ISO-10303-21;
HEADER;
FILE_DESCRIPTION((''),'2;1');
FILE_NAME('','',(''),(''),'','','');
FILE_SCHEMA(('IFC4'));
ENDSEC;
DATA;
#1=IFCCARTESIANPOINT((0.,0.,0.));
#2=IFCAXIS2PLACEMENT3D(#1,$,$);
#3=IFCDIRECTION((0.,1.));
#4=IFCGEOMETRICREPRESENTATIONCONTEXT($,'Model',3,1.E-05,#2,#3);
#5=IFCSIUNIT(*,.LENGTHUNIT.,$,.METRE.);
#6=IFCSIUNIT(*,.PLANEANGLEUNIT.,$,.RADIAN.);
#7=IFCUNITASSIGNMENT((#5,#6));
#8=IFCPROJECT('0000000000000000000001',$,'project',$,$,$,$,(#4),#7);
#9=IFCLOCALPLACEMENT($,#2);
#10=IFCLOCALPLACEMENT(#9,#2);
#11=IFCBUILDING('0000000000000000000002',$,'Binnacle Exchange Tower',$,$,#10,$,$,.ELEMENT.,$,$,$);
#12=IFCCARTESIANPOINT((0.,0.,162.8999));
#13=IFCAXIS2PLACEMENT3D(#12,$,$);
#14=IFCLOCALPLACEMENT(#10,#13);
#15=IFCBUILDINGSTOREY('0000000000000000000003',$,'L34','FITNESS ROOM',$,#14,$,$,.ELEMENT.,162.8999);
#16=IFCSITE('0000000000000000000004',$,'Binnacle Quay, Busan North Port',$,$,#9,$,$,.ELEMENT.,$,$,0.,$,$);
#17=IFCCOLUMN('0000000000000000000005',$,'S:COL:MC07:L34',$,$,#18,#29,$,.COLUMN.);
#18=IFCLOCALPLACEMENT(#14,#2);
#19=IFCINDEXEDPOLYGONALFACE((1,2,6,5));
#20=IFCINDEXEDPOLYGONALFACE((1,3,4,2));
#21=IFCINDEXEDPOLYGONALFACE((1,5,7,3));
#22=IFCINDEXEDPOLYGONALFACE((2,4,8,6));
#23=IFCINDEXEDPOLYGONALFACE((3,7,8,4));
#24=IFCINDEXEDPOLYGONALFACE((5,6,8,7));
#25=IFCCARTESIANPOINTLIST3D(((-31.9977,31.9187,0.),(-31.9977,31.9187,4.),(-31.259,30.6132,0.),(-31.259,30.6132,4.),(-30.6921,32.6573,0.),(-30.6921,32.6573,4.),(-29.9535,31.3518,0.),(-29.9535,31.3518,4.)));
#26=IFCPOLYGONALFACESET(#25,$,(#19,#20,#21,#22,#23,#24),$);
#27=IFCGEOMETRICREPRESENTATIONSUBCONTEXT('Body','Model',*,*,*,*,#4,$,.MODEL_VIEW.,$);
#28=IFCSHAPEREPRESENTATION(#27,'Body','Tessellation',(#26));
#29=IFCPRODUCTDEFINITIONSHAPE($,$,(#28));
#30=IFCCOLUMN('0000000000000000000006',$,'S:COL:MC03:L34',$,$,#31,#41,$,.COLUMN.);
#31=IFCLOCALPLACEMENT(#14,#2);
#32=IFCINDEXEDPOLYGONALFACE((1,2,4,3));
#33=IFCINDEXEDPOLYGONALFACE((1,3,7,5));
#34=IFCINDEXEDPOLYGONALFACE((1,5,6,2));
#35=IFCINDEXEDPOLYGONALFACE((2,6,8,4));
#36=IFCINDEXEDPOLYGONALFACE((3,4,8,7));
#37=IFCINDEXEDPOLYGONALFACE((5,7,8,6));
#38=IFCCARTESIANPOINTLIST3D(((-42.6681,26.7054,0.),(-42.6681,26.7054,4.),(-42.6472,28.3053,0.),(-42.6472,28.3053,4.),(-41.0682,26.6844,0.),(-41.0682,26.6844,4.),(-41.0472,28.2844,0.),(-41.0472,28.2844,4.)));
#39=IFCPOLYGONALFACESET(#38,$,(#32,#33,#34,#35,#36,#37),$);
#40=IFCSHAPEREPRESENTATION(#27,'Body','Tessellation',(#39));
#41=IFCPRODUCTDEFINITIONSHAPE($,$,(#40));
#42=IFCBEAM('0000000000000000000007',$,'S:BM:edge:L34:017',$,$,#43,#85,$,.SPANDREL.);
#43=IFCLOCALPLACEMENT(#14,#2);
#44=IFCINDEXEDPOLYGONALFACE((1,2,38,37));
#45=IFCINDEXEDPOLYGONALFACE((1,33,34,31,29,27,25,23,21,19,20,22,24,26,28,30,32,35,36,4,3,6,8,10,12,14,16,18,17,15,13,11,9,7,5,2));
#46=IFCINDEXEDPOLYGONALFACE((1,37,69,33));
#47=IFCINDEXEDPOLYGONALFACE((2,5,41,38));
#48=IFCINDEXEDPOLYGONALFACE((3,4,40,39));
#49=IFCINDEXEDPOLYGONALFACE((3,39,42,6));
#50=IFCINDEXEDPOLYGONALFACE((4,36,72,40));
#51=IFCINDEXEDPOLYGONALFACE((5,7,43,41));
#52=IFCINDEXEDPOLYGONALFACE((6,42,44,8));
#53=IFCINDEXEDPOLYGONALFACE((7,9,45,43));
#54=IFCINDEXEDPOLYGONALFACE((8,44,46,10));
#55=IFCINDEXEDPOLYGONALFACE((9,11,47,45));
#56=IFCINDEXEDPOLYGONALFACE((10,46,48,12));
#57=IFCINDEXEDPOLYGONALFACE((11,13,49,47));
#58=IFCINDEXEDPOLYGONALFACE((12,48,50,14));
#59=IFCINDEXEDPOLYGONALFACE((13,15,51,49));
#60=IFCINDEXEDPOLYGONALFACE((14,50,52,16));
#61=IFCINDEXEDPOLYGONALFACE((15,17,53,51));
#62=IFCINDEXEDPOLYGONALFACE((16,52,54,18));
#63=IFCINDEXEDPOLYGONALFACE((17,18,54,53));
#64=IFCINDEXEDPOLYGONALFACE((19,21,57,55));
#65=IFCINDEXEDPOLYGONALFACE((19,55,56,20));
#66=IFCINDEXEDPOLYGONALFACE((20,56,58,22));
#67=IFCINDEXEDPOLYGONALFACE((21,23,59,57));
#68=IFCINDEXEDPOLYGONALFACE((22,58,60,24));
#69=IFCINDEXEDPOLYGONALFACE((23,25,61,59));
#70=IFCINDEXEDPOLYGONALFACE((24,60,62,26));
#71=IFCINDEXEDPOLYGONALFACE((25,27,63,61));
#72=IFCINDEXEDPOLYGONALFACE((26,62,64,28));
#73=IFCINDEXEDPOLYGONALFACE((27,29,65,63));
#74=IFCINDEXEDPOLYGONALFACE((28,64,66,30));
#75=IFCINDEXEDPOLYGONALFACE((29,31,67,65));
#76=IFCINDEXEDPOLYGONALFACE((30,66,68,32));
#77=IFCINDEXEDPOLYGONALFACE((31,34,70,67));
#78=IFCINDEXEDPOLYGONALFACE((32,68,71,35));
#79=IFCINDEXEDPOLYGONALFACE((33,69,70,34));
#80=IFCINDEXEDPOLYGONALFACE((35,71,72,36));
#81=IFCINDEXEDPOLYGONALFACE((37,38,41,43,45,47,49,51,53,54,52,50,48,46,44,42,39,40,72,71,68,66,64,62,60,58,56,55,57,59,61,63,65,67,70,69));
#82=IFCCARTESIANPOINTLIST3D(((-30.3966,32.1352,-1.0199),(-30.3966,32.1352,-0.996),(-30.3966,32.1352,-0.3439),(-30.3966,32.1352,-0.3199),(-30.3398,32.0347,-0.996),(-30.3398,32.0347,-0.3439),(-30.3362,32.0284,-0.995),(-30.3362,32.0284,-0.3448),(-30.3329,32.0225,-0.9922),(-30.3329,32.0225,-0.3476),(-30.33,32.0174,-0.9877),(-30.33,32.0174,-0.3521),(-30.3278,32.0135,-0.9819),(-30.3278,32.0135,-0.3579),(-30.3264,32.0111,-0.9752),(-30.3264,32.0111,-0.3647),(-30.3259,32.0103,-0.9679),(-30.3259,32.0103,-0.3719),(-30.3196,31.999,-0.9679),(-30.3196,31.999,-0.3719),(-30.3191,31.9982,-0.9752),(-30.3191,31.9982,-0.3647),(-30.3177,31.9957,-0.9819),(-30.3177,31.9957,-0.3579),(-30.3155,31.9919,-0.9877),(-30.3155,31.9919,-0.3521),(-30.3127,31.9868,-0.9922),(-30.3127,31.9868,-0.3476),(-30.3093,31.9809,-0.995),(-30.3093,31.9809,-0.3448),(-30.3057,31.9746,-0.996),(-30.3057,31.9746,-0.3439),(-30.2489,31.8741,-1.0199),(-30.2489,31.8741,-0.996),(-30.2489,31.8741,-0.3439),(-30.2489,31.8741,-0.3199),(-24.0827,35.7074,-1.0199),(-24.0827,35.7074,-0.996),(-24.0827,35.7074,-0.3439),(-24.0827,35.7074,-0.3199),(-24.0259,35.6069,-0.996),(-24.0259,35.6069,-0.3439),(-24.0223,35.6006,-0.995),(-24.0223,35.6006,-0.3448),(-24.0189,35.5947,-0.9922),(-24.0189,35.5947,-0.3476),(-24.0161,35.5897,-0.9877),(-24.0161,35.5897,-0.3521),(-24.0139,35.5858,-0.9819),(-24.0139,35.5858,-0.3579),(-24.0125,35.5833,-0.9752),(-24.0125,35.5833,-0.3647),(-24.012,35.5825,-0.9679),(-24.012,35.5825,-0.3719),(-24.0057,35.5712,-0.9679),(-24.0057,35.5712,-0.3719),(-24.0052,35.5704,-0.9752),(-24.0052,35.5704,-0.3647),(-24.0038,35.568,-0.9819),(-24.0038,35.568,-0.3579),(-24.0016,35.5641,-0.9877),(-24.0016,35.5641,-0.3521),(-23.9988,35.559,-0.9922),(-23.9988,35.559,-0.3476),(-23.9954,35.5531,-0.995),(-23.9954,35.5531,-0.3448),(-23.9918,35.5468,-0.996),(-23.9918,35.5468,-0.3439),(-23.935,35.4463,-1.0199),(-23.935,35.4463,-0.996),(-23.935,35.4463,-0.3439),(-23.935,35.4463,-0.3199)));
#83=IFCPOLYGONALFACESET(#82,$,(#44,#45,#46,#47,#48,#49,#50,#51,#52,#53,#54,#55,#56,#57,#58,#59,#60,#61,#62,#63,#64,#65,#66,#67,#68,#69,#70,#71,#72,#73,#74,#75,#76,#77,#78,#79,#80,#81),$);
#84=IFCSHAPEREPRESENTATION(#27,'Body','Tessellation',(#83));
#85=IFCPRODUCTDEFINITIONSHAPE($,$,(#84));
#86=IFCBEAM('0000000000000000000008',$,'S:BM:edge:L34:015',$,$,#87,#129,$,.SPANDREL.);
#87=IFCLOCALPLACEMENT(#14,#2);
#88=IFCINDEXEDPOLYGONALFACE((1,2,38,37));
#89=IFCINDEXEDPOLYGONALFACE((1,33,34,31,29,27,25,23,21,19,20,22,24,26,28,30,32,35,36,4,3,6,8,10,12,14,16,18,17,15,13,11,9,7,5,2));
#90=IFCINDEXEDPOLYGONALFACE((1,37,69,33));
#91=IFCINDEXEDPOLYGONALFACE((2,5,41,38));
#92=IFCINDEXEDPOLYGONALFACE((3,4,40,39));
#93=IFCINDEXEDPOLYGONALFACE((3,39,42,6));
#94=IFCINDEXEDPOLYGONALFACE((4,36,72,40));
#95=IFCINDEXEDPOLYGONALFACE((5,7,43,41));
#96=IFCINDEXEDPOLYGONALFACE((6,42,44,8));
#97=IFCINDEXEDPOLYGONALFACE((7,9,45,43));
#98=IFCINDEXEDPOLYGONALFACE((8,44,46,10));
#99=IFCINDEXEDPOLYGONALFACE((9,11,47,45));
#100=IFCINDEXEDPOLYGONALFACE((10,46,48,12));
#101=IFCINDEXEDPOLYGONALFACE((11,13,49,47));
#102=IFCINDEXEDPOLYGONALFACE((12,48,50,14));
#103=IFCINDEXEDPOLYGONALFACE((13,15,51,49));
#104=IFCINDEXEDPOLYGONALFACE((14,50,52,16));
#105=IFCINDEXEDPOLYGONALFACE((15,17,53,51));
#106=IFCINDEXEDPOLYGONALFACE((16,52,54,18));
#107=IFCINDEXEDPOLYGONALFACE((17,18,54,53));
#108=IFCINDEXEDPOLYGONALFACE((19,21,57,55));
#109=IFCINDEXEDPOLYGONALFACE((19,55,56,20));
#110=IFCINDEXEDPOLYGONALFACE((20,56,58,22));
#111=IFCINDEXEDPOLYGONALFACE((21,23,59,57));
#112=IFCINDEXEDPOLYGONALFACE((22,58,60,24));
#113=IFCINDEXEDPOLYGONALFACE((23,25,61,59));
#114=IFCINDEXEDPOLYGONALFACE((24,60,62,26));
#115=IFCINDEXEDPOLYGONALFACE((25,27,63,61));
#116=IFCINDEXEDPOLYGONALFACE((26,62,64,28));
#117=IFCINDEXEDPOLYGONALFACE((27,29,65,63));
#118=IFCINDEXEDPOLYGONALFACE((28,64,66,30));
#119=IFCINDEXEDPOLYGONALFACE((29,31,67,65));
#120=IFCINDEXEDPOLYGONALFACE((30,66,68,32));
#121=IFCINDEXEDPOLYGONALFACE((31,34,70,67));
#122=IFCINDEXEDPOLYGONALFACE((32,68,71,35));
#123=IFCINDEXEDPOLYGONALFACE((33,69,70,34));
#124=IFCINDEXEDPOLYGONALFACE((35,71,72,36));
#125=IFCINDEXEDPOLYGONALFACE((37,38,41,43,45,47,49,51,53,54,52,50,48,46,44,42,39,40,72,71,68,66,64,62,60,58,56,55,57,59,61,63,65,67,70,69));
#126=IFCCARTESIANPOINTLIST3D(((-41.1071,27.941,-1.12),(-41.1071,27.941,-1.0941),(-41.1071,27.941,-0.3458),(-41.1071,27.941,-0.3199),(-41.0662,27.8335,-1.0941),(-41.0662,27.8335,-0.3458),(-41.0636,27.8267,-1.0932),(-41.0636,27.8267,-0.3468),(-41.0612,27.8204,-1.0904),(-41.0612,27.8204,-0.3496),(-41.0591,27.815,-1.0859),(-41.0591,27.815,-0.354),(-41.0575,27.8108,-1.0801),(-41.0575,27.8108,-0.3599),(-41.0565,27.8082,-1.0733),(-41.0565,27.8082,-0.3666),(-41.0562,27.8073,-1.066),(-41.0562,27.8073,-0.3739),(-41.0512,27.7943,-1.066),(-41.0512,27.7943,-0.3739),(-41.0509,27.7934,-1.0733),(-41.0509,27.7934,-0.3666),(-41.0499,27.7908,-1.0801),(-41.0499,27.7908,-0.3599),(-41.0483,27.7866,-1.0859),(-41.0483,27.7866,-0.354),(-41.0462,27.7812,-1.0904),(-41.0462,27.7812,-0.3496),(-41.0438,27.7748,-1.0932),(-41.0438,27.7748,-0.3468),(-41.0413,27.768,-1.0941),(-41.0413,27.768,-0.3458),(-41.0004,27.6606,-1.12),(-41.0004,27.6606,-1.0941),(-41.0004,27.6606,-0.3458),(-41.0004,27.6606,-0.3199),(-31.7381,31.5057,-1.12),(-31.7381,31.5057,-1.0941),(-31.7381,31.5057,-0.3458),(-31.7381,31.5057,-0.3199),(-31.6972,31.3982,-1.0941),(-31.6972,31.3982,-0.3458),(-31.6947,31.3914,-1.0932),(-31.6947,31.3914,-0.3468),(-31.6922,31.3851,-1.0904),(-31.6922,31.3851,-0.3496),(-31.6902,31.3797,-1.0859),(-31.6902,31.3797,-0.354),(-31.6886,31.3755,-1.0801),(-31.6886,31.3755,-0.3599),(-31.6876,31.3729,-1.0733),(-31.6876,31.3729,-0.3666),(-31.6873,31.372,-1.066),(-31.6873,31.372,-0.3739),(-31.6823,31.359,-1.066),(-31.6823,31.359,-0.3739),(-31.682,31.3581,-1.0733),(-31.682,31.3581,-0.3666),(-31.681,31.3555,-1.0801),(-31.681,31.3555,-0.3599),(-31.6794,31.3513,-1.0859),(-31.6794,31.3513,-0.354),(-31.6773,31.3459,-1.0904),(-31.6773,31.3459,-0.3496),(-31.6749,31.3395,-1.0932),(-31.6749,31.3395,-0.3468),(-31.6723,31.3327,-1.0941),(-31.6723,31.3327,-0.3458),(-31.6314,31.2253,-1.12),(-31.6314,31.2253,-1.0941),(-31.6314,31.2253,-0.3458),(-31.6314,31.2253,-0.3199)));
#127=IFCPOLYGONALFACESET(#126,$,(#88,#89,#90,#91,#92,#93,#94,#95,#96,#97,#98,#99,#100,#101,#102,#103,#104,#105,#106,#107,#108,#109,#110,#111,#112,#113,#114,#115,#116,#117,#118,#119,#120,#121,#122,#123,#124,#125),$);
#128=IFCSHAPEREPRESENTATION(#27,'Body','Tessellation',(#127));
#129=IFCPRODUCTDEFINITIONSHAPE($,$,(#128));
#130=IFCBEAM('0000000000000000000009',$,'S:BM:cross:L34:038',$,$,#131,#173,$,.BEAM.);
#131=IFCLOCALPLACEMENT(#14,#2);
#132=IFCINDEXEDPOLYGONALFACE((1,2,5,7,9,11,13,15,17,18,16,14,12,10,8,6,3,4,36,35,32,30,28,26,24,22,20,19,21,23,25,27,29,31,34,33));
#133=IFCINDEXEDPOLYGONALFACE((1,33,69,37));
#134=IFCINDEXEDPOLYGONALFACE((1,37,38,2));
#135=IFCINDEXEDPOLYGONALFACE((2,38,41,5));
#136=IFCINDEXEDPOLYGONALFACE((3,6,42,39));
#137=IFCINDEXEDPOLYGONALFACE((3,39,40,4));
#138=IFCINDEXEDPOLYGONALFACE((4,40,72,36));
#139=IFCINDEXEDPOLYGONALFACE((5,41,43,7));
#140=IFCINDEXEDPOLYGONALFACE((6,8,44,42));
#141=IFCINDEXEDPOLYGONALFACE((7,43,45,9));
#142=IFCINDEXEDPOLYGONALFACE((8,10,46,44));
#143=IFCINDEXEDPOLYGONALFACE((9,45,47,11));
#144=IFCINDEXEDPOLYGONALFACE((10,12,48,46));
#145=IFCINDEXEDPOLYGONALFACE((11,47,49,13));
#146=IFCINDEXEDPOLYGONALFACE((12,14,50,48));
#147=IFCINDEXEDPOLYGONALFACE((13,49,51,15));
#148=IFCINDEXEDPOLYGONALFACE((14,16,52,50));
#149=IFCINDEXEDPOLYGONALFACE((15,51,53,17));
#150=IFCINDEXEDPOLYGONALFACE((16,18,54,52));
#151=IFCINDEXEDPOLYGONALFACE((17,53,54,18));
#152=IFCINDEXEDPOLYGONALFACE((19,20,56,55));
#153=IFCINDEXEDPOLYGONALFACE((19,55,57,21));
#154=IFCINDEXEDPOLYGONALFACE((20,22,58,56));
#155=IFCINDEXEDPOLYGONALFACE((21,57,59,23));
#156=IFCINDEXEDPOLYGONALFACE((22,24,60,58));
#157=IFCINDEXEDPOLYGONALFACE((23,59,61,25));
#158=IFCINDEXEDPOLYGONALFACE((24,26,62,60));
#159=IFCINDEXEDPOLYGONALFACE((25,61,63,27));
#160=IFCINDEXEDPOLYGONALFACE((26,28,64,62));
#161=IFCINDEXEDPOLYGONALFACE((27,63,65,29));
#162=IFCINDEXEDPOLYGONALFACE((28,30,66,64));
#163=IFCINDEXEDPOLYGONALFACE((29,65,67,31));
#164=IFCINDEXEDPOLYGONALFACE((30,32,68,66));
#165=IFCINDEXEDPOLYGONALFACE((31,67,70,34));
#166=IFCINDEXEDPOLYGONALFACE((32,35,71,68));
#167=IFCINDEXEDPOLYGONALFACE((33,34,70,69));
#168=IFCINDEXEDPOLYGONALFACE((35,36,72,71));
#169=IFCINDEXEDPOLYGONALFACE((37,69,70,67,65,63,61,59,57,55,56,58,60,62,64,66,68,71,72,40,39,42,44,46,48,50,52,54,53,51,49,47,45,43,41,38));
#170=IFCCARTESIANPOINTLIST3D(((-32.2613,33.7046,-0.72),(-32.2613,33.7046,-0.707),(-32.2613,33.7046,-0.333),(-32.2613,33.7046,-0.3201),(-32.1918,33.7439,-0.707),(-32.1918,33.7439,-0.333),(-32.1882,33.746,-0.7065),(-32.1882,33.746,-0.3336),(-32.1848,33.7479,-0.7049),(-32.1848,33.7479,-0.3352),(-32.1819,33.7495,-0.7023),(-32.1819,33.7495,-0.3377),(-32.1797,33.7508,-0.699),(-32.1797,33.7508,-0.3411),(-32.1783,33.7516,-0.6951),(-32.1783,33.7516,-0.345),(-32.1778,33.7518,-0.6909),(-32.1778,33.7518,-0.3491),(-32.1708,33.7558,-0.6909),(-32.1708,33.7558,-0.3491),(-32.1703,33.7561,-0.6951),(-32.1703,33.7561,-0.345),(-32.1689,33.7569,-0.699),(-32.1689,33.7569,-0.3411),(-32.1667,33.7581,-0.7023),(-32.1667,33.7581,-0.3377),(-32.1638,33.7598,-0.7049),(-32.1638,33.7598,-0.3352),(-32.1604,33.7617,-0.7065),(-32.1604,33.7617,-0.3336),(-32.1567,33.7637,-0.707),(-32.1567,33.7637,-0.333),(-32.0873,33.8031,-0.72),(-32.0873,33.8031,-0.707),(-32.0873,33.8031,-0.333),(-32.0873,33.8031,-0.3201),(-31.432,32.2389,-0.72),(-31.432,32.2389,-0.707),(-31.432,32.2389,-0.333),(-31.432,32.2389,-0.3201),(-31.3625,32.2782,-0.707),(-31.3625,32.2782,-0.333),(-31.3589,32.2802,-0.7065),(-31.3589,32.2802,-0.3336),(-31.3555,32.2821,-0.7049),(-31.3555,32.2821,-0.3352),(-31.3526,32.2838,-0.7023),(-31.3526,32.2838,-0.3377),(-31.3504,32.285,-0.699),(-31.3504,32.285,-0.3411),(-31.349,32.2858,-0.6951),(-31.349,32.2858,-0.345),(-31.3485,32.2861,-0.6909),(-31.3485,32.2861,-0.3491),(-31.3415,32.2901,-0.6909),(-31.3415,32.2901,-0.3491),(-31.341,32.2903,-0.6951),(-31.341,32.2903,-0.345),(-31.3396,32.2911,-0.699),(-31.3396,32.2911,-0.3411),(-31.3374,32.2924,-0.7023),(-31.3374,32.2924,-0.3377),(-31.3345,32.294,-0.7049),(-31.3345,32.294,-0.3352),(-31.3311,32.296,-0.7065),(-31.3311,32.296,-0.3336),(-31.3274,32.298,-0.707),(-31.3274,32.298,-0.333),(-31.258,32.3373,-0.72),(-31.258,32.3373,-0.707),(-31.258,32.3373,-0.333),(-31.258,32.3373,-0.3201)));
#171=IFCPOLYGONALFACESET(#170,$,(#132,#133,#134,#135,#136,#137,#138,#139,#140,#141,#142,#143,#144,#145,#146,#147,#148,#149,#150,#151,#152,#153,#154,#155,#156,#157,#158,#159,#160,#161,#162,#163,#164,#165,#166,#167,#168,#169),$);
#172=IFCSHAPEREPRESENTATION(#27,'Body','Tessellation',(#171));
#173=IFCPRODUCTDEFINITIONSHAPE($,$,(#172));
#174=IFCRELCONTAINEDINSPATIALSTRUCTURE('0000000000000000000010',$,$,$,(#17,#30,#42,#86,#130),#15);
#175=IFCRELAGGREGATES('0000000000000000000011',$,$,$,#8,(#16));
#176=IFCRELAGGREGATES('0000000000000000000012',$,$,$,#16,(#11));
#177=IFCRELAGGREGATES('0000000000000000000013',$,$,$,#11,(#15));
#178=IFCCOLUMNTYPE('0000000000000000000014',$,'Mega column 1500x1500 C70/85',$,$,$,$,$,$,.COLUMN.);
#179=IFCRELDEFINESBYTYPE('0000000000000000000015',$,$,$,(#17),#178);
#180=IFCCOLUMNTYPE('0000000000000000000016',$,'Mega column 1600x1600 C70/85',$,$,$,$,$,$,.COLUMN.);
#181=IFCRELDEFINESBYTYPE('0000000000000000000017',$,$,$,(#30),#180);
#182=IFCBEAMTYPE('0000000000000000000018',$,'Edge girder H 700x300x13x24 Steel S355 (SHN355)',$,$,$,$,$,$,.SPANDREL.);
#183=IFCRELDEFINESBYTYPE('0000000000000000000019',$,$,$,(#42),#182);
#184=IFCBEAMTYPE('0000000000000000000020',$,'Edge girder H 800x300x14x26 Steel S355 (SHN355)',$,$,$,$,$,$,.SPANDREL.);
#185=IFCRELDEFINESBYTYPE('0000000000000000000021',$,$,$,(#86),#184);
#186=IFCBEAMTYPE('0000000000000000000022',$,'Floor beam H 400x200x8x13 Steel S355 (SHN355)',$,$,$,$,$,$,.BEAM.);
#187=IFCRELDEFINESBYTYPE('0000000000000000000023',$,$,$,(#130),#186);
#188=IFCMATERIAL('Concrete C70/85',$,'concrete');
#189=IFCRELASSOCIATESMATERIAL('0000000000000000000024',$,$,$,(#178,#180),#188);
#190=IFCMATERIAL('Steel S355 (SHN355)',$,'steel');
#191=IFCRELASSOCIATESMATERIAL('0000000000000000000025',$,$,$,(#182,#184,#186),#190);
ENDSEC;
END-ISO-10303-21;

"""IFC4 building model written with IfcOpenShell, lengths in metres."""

from ifc_helpers import new_model, si_unit, direction, frame, origin, origin_2d, place, context, subcontext, project, spatial, rectangle, i_section, extrude, material, material_profile, profile_set, type_object, element, save


model = new_model("IFC4")

# Units and contexts
model_context = context("Model", 3, precision=1e-05, world=origin(), true_north=direction((0.0, 1.0)))
body_context = subcontext(model_context, "Body", "Model", "MODEL_VIEW")
ifc_project = project(units=[si_unit("LENGTHUNIT", "METRE"), si_unit("PLANEANGLEUNIT", "RADIAN")], contexts=[model_context])

# Site, building, storey
site_placement = place(None, origin())
site = spatial("IfcSite", under=ifc_project, at=site_placement, Name="Binnacle Quay, Busan North Port", CompositionType="ELEMENT", RefElevation=0.0)
building_placement = place(site_placement, origin())
building = spatial("IfcBuilding", under=site, at=building_placement, Name="Binnacle Exchange Tower", CompositionType="ELEMENT")
storey_placement = place(building_placement, frame((0.0, 0.0, 162.8999)))
storey = spatial("IfcBuildingStorey", under=building, at=storey_placement, Name="L34", Description="FITNESS ROOM", CompositionType="ELEMENT", Elevation=162.8999)

# Columns
ifc_material_1 = material(Name="Concrete C70/85", Category="concrete")
ifc_material_profile_1 = material_profile(ifc_material_1, rectangle(XDim=1.5, YDim=1.5, at=origin_2d()), Name="Mega column 1500x1500 C70/85")
ifc_profile_set_1 = profile_set([ifc_material_profile_1], Name="Concrete C70/85")
column_type_1 = type_object("IfcColumnType", Name="Mega column 1500x1500 C70/85", PredefinedType="COLUMN", material=ifc_profile_set_1)
column_1_placement = place(storey_placement, frame((-30.9756, 31.6353, 0.0), z_axis=(0.0, 0.0, 1.0), x_axis=(0.870356, 0.492424, 0.0)))
element("IfcColumn", 1, at=column_1_placement, inside=storey, type_object=column_type_1, Name="S:COL:MC07:L34", PredefinedType="COLUMN", context=body_context, shape_type="SweptSolid", body=[
    extrude(rectangle(XDim=1.5, YDim=1.5, at=origin_2d()), origin(), (0.0, 0.0, 1.0), 4.0),
])
ifc_material_profile_2 = material_profile(ifc_material_1, rectangle(XDim=1.6001, YDim=1.6001, at=origin_2d()), Name="Mega column 1600x1600 C70/85")
ifc_profile_set_2 = profile_set([ifc_material_profile_2], Name="Concrete C70/85")
column_type_2 = type_object("IfcColumnType", Name="Mega column 1600x1600 C70/85", PredefinedType="COLUMN", material=ifc_profile_set_2)
column_2_placement = place(storey_placement, frame((-41.8577, 27.4949, 0.0), z_axis=(0.0, 0.0, 1.0), x_axis=(0.999914, -0.01309, 0.0)))
element("IfcColumn", 2, at=column_2_placement, inside=storey, type_object=column_type_2, Name="S:COL:MC03:L34", PredefinedType="COLUMN", context=body_context, shape_type="SweptSolid", body=[
    extrude(rectangle(XDim=1.6001, YDim=1.6001, at=origin_2d()), origin(), (0.0, 0.0, 1.0), 4.0),
])

# Beams
ifc_material_2 = material(Name="Steel S355 (SHN355)", Category="steel")
ifc_material_profile_3 = material_profile(ifc_material_2, i_section(OverallWidth=0.3, OverallDepth=0.7, WebThickness=0.0129, FlangeThickness=0.0239, FilletRadius=0.0281, at=origin_2d()), Name="H 700x300x13x24")
ifc_profile_set_3 = profile_set([ifc_material_profile_3], Name="Steel S355 (SHN355)")
beam_type_1 = type_object("IfcBeamType", Name="Edge girder H 700x300x13x24 Steel S355 (SHN355)", PredefinedType="SPANDREL", material=ifc_profile_set_3)
beam_1_placement = place(storey_placement, frame((-30.3228, 32.0046, -0.6699), z_axis=(0.870356, 0.492423, 0.0), x_axis=(-0.492423, 0.870356, 0.0)))
element("IfcBeam", 3, at=beam_1_placement, inside=storey, type_object=beam_type_1, Name="S:BM:edge:L34:017", PredefinedType="SPANDREL", context=body_context, shape_type="SweptSolid", body=[
    extrude(i_section(OverallWidth=0.3, OverallDepth=0.7, WebThickness=0.0129, FlangeThickness=0.0239, FilletRadius=0.0281, at=origin_2d()), origin(), (0.0, 0.0, 1.0), 7.2544),
])
ifc_material_profile_4 = material_profile(ifc_material_2, i_section(OverallWidth=0.3, OverallDepth=0.8, WebThickness=0.0139, FlangeThickness=0.0259, FilletRadius=0.0281, at=origin_2d()), Name="H 800x300x14x26")
ifc_profile_set_4 = profile_set([ifc_material_profile_4], Name="Steel S355 (SHN355)")
beam_type_2 = type_object("IfcBeamType", Name="Edge girder H 800x300x14x26 Steel S355 (SHN355)", PredefinedType="SPANDREL", material=ifc_profile_set_4)
beam_2_placement = place(storey_placement, frame((-41.0537, 27.8008, -0.72), z_axis=(0.934634, 0.355611, 0.0), x_axis=(-0.355611, 0.934634, 0.0)))
element("IfcBeam", 4, at=beam_2_placement, inside=storey, type_object=beam_type_2, Name="S:BM:edge:L34:015", PredefinedType="SPANDREL", context=body_context, shape_type="SweptSolid", body=[
    extrude(i_section(OverallWidth=0.3, OverallDepth=0.8, WebThickness=0.0139, FlangeThickness=0.0259, FilletRadius=0.0281, at=origin_2d()), origin(), (0.0, 0.0, 1.0), 10.0242),
])
ifc_material_profile_5 = material_profile(ifc_material_2, i_section(OverallWidth=0.2, OverallDepth=0.3999, WebThickness=0.0081, FlangeThickness=0.0129, FilletRadius=0.0161, at=origin_2d()), Name="H 400x200x8x13")
ifc_profile_set_5 = profile_set([ifc_material_profile_5], Name="Steel S355 (SHN355)")
beam_type_3 = type_object("IfcBeamType", Name="Floor beam H 400x200x8x13 Steel S355 (SHN355)", PredefinedType="BEAM", material=ifc_profile_set_5)
beam_3_placement = place(storey_placement, frame((-31.345, 32.2881, -0.52), z_axis=(-0.492435, 0.870349, 0.0), x_axis=(-0.870349, -0.492435, 0.0)))
element("IfcBeam", 5, at=beam_3_placement, inside=storey, type_object=beam_type_3, Name="S:BM:cross:L34:038", PredefinedType="BEAM", context=body_context, shape_type="SweptSolid", body=[
    extrude(i_section(OverallWidth=0.2, OverallDepth=0.3999, WebThickness=0.0081, FlangeThickness=0.0129, FilletRadius=0.0161, at=origin_2d()), origin(), (0.0, 0.0, 1.0), 1.6841),
])

save(model, "model.ifc")
